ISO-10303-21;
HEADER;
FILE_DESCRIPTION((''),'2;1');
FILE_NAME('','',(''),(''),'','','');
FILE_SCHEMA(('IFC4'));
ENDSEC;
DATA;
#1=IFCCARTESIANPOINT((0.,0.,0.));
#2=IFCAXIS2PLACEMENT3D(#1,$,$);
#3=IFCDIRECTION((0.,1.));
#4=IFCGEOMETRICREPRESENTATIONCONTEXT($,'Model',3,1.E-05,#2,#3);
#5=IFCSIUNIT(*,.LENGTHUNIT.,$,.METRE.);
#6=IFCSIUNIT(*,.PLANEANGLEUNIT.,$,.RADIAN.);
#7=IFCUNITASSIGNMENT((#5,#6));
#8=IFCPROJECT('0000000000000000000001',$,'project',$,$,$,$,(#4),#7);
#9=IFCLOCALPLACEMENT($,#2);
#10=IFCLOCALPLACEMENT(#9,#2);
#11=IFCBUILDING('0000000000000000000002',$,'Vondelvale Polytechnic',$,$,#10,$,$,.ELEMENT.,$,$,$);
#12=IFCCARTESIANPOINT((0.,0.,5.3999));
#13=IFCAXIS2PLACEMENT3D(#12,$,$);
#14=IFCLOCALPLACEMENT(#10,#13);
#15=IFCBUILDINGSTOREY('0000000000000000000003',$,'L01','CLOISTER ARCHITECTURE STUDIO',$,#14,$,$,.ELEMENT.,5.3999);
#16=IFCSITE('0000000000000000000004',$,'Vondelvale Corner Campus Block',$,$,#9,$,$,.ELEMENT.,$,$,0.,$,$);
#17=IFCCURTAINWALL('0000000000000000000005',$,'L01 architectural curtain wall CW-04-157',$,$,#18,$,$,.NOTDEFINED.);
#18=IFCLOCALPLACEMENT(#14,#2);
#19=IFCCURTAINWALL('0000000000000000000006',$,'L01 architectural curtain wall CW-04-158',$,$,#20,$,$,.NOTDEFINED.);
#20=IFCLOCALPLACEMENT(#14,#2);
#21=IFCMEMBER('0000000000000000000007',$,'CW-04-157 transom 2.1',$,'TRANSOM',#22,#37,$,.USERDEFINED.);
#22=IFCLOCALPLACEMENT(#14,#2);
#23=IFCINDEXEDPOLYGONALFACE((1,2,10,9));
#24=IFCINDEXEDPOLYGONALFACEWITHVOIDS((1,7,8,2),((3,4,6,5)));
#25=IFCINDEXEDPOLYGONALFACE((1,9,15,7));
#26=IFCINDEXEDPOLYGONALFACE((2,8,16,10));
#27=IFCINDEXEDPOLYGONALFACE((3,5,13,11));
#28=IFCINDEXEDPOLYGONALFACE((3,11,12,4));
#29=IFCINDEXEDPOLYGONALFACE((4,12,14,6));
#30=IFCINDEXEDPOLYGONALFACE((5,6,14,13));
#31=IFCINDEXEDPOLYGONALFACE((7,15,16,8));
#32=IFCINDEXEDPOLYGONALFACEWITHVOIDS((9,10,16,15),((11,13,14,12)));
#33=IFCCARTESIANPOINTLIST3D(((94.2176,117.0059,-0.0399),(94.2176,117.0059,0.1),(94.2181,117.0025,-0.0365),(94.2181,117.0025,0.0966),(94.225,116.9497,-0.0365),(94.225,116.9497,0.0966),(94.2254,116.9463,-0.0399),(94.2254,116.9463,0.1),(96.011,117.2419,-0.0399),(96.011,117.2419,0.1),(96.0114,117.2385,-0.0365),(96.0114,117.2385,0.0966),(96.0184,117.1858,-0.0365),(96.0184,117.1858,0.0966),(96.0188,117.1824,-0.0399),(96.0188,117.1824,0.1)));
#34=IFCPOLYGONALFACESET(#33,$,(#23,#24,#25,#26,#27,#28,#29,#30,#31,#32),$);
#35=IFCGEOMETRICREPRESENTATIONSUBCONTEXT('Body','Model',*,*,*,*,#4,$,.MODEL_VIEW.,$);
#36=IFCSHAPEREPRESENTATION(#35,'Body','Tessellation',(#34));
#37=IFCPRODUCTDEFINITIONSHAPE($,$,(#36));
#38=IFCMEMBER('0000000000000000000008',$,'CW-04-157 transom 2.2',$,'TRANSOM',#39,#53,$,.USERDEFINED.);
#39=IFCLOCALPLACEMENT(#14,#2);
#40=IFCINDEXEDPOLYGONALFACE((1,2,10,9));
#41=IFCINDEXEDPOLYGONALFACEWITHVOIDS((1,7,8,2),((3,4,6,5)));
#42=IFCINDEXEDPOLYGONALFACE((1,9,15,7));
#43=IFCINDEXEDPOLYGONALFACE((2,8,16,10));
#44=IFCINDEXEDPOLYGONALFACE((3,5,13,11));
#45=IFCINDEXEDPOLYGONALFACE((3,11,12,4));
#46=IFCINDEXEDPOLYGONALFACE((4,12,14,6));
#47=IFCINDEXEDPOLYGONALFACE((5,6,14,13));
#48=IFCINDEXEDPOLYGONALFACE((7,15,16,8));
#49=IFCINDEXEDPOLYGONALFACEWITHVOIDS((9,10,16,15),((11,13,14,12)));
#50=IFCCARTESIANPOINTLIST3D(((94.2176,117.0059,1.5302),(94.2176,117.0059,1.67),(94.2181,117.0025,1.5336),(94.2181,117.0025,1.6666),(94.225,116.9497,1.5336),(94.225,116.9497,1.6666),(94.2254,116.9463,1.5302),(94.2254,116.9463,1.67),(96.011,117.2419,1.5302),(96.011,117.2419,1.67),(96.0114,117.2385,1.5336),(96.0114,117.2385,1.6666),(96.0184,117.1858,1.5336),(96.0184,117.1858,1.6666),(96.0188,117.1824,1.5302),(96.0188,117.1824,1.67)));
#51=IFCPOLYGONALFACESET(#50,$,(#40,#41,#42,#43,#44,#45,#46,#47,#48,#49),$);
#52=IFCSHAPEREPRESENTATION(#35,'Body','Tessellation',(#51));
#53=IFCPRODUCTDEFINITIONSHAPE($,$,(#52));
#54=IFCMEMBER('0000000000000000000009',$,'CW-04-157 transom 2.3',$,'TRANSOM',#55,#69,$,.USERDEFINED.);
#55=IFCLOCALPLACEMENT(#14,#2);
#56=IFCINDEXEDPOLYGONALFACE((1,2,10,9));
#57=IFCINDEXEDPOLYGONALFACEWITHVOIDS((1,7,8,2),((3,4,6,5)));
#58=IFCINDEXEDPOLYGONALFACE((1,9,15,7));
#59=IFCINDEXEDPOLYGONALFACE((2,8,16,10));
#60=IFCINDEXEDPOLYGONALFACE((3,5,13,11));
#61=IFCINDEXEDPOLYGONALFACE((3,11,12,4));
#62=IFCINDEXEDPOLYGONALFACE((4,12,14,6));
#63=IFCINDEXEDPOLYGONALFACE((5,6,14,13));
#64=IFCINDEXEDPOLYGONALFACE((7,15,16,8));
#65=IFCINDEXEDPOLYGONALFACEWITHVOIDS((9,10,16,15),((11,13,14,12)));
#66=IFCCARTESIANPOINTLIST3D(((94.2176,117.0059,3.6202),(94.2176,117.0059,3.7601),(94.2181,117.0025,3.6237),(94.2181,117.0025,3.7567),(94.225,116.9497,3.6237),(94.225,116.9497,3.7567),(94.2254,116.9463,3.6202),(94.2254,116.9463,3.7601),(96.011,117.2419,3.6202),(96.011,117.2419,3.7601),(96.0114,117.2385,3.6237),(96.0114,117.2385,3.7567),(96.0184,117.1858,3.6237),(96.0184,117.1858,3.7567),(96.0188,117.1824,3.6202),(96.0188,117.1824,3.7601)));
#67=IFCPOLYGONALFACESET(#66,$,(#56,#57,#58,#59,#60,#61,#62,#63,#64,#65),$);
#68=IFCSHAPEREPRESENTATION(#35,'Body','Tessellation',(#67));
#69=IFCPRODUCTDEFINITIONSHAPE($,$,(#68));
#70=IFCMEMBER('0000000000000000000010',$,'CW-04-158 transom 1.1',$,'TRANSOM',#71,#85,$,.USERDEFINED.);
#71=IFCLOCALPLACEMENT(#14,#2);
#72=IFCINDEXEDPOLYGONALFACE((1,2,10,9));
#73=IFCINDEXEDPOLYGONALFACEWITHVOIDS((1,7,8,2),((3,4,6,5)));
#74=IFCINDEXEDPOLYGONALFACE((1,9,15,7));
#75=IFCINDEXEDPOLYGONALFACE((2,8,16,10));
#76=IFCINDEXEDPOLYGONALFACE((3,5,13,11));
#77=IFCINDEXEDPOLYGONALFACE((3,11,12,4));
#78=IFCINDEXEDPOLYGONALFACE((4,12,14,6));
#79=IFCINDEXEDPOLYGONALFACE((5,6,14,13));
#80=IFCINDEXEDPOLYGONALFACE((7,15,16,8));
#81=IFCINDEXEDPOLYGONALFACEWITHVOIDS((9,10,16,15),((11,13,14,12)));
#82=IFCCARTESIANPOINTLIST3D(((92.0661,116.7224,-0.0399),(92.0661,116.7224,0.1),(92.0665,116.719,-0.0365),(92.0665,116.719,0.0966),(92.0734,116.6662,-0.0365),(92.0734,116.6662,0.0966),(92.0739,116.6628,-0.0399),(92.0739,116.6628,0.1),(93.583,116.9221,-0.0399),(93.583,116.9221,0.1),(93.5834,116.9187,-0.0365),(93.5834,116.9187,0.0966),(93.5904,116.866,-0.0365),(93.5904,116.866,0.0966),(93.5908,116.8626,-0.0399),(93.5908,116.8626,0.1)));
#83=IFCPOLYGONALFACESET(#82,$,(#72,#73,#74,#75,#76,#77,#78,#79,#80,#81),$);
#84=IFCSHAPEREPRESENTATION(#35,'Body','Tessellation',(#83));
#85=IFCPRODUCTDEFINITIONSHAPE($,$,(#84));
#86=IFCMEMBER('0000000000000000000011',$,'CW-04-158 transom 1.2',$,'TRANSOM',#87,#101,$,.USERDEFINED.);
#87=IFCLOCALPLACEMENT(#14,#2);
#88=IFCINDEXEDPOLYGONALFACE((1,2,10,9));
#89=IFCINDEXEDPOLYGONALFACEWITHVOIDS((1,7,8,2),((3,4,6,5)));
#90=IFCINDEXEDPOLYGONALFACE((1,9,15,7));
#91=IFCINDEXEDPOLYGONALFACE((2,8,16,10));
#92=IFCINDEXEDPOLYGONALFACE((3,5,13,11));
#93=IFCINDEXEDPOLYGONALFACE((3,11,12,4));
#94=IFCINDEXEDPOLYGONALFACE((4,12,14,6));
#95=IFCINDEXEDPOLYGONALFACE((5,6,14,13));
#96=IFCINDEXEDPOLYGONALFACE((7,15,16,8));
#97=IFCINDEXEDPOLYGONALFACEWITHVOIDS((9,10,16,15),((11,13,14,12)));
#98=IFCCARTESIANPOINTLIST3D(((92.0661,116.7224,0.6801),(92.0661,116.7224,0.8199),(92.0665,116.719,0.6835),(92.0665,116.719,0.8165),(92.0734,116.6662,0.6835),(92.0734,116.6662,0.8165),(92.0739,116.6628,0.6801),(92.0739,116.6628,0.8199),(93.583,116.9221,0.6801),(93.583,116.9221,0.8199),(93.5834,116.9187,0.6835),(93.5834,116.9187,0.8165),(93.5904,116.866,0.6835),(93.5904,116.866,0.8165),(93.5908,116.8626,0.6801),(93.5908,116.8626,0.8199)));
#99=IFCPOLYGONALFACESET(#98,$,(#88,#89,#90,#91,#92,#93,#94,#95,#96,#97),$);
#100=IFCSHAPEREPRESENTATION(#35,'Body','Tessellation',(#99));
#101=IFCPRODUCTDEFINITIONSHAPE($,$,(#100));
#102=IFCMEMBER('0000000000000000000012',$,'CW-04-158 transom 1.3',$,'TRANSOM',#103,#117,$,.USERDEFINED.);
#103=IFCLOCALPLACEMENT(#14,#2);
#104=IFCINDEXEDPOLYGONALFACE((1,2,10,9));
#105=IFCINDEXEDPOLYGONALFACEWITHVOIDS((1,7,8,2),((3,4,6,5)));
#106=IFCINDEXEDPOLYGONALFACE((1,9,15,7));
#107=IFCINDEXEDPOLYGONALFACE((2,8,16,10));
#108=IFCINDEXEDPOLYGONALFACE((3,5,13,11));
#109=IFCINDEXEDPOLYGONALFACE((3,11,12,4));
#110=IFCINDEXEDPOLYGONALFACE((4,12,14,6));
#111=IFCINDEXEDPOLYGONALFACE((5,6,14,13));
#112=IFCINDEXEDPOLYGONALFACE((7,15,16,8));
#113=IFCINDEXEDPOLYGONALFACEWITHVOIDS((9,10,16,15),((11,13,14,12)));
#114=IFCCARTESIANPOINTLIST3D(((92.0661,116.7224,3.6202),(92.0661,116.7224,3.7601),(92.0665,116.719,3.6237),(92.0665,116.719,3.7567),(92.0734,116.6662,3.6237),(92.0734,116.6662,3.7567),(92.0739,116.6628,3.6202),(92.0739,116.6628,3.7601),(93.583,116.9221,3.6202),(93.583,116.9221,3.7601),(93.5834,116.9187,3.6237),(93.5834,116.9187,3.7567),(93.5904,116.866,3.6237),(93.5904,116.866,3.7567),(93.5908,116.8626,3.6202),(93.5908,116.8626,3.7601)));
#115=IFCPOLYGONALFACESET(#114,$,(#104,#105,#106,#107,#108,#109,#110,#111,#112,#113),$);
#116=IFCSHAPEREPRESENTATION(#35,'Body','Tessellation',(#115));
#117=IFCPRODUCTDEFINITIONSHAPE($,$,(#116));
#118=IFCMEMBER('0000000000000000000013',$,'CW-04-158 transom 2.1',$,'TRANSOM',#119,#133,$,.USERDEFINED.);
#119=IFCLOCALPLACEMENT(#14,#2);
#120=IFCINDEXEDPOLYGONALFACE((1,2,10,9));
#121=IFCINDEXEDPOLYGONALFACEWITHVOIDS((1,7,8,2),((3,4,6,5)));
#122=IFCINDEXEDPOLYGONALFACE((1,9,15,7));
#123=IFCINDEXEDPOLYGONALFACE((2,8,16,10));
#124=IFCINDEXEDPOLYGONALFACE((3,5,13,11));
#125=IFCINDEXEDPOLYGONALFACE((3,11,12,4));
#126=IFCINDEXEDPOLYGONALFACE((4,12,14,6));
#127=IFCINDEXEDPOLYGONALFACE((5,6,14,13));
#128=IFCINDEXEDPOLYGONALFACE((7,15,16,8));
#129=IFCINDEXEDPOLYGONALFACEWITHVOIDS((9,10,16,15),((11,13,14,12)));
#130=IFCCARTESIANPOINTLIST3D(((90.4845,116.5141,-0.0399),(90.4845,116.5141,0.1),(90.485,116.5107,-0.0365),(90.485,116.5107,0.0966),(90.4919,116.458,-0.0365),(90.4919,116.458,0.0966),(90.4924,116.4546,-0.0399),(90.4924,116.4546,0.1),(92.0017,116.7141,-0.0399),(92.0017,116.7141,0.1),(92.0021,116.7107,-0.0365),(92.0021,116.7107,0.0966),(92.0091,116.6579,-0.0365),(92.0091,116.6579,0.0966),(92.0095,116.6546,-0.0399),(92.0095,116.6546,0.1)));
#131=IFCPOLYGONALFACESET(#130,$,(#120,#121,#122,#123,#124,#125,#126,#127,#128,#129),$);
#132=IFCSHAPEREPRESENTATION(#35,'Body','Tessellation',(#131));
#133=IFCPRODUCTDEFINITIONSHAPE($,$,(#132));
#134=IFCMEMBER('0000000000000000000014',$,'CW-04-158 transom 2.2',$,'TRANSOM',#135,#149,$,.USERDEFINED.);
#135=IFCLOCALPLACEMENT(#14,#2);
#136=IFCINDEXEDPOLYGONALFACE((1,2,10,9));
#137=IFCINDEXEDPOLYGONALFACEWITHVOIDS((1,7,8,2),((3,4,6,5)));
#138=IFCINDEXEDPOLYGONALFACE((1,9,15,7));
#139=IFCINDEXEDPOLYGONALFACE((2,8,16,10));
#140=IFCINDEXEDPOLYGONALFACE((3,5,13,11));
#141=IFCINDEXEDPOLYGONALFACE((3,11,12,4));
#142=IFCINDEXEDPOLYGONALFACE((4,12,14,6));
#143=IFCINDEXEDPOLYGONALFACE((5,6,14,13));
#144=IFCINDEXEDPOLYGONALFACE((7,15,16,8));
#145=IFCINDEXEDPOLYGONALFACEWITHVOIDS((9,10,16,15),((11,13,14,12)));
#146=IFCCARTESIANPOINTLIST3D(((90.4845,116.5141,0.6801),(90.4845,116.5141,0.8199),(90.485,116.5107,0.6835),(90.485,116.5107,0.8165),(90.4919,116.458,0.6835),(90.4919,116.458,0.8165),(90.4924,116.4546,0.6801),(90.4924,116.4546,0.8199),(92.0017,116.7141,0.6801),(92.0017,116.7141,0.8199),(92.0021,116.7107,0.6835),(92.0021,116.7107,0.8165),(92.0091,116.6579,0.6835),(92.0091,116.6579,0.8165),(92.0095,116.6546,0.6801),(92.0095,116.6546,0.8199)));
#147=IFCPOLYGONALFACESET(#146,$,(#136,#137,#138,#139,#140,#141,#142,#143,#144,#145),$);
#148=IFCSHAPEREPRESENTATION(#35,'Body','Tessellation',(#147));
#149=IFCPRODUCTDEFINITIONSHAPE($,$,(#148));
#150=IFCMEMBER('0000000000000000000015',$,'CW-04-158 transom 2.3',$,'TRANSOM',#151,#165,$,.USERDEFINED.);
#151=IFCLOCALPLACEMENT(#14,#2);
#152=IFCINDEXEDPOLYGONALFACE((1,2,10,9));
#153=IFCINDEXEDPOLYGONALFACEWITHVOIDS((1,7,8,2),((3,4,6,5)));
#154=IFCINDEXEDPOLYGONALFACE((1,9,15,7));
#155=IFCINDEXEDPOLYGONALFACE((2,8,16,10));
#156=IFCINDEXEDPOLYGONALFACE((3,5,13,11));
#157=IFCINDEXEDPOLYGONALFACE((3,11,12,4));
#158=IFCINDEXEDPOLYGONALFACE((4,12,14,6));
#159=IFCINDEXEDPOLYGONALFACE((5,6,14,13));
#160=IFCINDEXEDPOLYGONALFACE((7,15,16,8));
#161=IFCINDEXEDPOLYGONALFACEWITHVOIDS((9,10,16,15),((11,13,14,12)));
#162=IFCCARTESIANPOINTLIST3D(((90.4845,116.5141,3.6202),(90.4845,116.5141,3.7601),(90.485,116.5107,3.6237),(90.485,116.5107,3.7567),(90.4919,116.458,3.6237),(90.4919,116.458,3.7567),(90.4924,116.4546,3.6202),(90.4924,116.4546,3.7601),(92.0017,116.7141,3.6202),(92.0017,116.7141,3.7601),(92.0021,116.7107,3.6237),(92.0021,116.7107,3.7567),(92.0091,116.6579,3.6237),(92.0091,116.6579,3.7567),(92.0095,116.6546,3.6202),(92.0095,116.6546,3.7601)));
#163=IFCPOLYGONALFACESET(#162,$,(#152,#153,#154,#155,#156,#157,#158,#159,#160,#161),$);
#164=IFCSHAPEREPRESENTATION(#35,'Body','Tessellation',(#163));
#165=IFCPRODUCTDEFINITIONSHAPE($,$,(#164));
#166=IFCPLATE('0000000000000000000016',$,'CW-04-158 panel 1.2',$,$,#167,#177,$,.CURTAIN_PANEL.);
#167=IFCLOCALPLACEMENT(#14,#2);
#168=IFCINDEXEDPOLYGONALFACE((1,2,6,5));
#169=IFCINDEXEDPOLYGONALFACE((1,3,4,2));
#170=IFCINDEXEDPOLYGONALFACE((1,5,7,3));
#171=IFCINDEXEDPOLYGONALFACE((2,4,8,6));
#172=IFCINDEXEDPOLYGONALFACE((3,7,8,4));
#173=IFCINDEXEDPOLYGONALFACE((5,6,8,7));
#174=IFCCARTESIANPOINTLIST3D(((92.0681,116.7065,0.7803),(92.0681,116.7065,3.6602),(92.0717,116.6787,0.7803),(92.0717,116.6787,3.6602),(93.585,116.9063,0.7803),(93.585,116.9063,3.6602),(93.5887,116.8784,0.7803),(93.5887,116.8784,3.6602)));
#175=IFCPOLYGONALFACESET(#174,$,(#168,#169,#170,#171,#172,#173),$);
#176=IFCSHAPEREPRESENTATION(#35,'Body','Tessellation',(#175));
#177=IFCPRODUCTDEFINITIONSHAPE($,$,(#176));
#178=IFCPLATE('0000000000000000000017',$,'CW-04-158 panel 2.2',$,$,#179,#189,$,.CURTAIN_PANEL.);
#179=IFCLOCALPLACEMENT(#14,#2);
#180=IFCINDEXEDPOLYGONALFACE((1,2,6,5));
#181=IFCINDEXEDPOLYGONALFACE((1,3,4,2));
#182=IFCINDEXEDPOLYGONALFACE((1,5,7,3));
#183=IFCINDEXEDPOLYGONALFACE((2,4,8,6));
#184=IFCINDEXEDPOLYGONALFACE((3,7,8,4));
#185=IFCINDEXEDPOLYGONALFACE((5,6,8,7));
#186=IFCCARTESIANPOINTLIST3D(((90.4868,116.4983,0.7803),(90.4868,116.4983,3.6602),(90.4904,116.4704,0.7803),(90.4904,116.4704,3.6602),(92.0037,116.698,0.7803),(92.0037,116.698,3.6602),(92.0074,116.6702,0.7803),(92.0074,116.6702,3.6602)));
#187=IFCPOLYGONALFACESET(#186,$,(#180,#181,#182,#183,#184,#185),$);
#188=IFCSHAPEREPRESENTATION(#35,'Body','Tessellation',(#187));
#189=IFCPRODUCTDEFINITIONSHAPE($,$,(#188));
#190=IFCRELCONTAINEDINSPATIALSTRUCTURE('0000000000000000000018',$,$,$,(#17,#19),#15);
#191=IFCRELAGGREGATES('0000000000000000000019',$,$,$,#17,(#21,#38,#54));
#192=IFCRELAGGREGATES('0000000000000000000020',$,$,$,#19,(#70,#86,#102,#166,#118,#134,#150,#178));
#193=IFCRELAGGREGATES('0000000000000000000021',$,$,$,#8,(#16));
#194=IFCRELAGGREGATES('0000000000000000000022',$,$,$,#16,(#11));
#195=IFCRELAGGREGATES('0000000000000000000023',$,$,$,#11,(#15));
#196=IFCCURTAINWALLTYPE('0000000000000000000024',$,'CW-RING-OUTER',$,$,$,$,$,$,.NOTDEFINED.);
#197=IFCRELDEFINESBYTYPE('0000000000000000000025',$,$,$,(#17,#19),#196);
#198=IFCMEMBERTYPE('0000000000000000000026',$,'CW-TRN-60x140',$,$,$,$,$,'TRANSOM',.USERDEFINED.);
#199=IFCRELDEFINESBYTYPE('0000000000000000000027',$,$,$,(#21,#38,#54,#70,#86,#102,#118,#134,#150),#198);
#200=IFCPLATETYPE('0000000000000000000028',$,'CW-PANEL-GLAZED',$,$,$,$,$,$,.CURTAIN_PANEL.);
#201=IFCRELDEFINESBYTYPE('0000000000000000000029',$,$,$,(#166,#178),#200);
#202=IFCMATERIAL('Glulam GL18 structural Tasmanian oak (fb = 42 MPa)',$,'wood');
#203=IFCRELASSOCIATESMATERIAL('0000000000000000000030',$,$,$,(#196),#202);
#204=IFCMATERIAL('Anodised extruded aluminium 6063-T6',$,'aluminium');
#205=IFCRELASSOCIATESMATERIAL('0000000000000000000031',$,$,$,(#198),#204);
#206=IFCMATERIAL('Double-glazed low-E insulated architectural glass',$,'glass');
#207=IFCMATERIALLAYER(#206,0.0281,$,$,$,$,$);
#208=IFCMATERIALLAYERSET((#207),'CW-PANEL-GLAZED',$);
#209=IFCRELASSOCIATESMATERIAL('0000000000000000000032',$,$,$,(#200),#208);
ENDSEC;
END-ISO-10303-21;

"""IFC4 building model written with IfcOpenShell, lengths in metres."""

from ifc_helpers import new_model, si_unit, direction, frame, origin, origin_2d, place, context, subcontext, project, spatial, rectangle, hollow_rectangle, extrude, material, layer, layer_set, material_profile, profile_set, type_object, element, aggregate, save


model = new_model("IFC4")

# Units and contexts
model_context = context("Model", 3, precision=1e-05, world=origin(), true_north=direction((0.0, 1.0)))
body_context = subcontext(model_context, "Body", "Model", "MODEL_VIEW")
ifc_project = project(units=[si_unit("LENGTHUNIT", "METRE"), si_unit("PLANEANGLEUNIT", "RADIAN")], contexts=[model_context])

# Site, building, storey
site_placement = place(None, origin())
site = spatial("IfcSite", under=ifc_project, at=site_placement, Name="Vondelvale Corner Campus Block", CompositionType="ELEMENT", RefElevation=0.0)
building_placement = place(site_placement, origin())
building = spatial("IfcBuilding", under=site, at=building_placement, Name="Vondelvale Polytechnic", CompositionType="ELEMENT")
storey_placement = place(building_placement, frame((0.0, 0.0, 5.3999)))
storey = spatial("IfcBuildingStorey", under=building, at=storey_placement, Name="L01", Description="CLOISTER ARCHITECTURE STUDIO", CompositionType="ELEMENT", Elevation=5.3999)

# Shared definitions
ifc_material_1 = material(Name="Glulam GL18 structural Tasmanian oak (fb = 42 MPa)", Category="wood")

# Curtain walls
curtain_wall_type = type_object("IfcCurtainWallType", Name="CW-RING-OUTER", PredefinedType="NOTDEFINED", material=ifc_material_1)
curtain_wall_1_placement = place(storey_placement, origin())
curtain_wall_1 = element("IfcCurtainWall", 1, at=curtain_wall_1_placement, inside=storey, type_object=curtain_wall_type, Name="L01 architectural curtain wall CW-04-157", PredefinedType="NOTDEFINED")
ifc_material_2 = material(Name="Anodised extruded aluminium 6063-T6", Category="aluminium")
curtain_wall_2_placement = place(storey_placement, origin())
curtain_wall_2 = element("IfcCurtainWall", 2, at=curtain_wall_2_placement, inside=storey, type_object=curtain_wall_type, Name="L01 architectural curtain wall CW-04-158", PredefinedType="NOTDEFINED")

# Members
ifc_material_profile_1 = material_profile(ifc_material_2, hollow_rectangle(XDim=0.0601, YDim=0.1399, WallThickness=0.0034, at=origin_2d()), Name="CW-TRN-140x60")
ifc_profile_set_1 = profile_set([ifc_material_profile_1], Name="Anodised extruded aluminium 6063-T6")
member_type_1 = type_object("IfcMemberType", Name="CW-TRN-60x140", ElementType="TRANSOM", PredefinedType="USERDEFINED", material=ifc_profile_set_1)
member_1_placement = place(storey_placement, frame((96.0149, 117.2122, 0.03), z_axis=(-0.991447, -0.13051, 0.0), x_axis=(0.13051, -0.991447, 0.0)))
member_1 = element("IfcMember", 3, at=member_1_placement, type_object=member_type_1, Name="CW-04-157 transom 2.1", ObjectType="TRANSOM", PredefinedType="USERDEFINED", context=body_context, shape_type="SweptSolid", body=[
    extrude(hollow_rectangle(XDim=0.0601, YDim=0.1399, WallThickness=0.0034, at=origin_2d()), origin(), (0.0, 0.0, 1.0), 1.8088),
])
member_2_placement = place(storey_placement, frame((96.0149, 117.2122, 1.6001), z_axis=(-0.991447, -0.13051, 0.0), x_axis=(0.13051, -0.991447, 0.0)))
member_2 = element("IfcMember", 4, at=member_2_placement, type_object=member_type_1, Name="CW-04-157 transom 2.2", ObjectType="TRANSOM", PredefinedType="USERDEFINED", context=body_context, shape_type="SweptSolid", body=[
    extrude(hollow_rectangle(XDim=0.0601, YDim=0.1399, WallThickness=0.0034, at=origin_2d()), origin(), (0.0, 0.0, 1.0), 1.8088),
])
member_3_placement = place(storey_placement, frame((96.0149, 117.2122, 3.6902), z_axis=(-0.991447, -0.13051, 0.0), x_axis=(0.13051, -0.991447, 0.0)))
member_3 = element("IfcMember", 5, at=member_3_placement, type_object=member_type_1, Name="CW-04-157 transom 2.3", ObjectType="TRANSOM", PredefinedType="USERDEFINED", context=body_context, shape_type="SweptSolid", body=[
    extrude(hollow_rectangle(XDim=0.0601, YDim=0.1399, WallThickness=0.0034, at=origin_2d()), origin(), (0.0, 0.0, 1.0), 1.8088),
])
member_4_placement = place(storey_placement, frame((93.5869, 116.8923, 0.03), z_axis=(-0.991444, -0.130533, 0.0), x_axis=(0.130533, -0.991444, 0.0)))
member_4 = element("IfcMember", 6, at=member_4_placement, type_object=member_type_1, Name="CW-04-158 transom 1.1", ObjectType="TRANSOM", PredefinedType="USERDEFINED", context=body_context, shape_type="SweptSolid", body=[
    extrude(hollow_rectangle(XDim=0.0601, YDim=0.1399, WallThickness=0.0034, at=origin_2d()), origin(), (0.0, 0.0, 1.0), 1.53),
])
member_5_placement = place(storey_placement, frame((93.5869, 116.8923, 0.75), z_axis=(-0.991444, -0.130533, 0.0), x_axis=(0.130533, -0.991444, 0.0)))
member_5 = element("IfcMember", 7, at=member_5_placement, type_object=member_type_1, Name="CW-04-158 transom 1.2", ObjectType="TRANSOM", PredefinedType="USERDEFINED", context=body_context, shape_type="SweptSolid", body=[
    extrude(hollow_rectangle(XDim=0.0601, YDim=0.1399, WallThickness=0.0034, at=origin_2d()), origin(), (0.0, 0.0, 1.0), 1.53),
])
member_6_placement = place(storey_placement, frame((93.5869, 116.8923, 3.6902), z_axis=(-0.991444, -0.130533, 0.0), x_axis=(0.130533, -0.991444, 0.0)))
member_6 = element("IfcMember", 8, at=member_6_placement, type_object=member_type_1, Name="CW-04-158 transom 1.3", ObjectType="TRANSOM", PredefinedType="USERDEFINED", context=body_context, shape_type="SweptSolid", body=[
    extrude(hollow_rectangle(XDim=0.0601, YDim=0.1399, WallThickness=0.0034, at=origin_2d()), origin(), (0.0, 0.0, 1.0), 1.53),
])
member_7_placement = place(storey_placement, frame((92.0056, 116.6843, 0.03), z_axis=(-0.991426, -0.130669, 0.0), x_axis=(0.130669, -0.991426, 0.0)))
member_7 = element("IfcMember", 9, at=member_7_placement, type_object=member_type_1, Name="CW-04-158 transom 2.1", ObjectType="TRANSOM", PredefinedType="USERDEFINED", context=body_context, shape_type="SweptSolid", body=[
    extrude(hollow_rectangle(XDim=0.0601, YDim=0.1399, WallThickness=0.0034, at=origin_2d()), origin(), (0.0, 0.0, 1.0), 1.5303),
])
member_8_placement = place(storey_placement, frame((92.0056, 116.6843, 0.75), z_axis=(-0.991426, -0.130669, 0.0), x_axis=(0.130669, -0.991426, 0.0)))
member_8 = element("IfcMember", 10, at=member_8_placement, type_object=member_type_1, Name="CW-04-158 transom 2.2", ObjectType="TRANSOM", PredefinedType="USERDEFINED", context=body_context, shape_type="SweptSolid", body=[
    extrude(hollow_rectangle(XDim=0.0601, YDim=0.1399, WallThickness=0.0034, at=origin_2d()), origin(), (0.0, 0.0, 1.0), 1.5303),
])
member_9_placement = place(storey_placement, frame((92.0056, 116.6843, 3.6902), z_axis=(-0.991426, -0.130669, 0.0), x_axis=(0.130669, -0.991426, 0.0)))
member_9 = element("IfcMember", 11, at=member_9_placement, type_object=member_type_1, Name="CW-04-158 transom 2.3", ObjectType="TRANSOM", PredefinedType="USERDEFINED", context=body_context, shape_type="SweptSolid", body=[
    extrude(hollow_rectangle(XDim=0.0601, YDim=0.1399, WallThickness=0.0034, at=origin_2d()), origin(), (0.0, 0.0, 1.0), 1.5303),
])

# Plates
ifc_material_3 = material(Name="Double-glazed low-E insulated architectural glass", Category="glass")
ifc_layer_1 = layer(ifc_material_3, 0.0281)
ifc_layer_set_1 = layer_set([ifc_layer_1], Name="CW-PANEL-GLAZED")
plate_type_1 = type_object("IfcPlateType", Name="CW-PANEL-GLAZED", PredefinedType="CURTAIN_PANEL", material=ifc_layer_set_1)
plate_1_placement = place(storey_placement, frame((92.8284, 116.7925, 0.7803), z_axis=(0.0, 0.0, 1.0), x_axis=(-0.991443, -0.13054, 0.0)))
plate_1 = element("IfcPlate", 12, at=plate_1_placement, type_object=plate_type_1, Name="CW-04-158 panel 1.2", PredefinedType="CURTAIN_PANEL", context=body_context, shape_type="SweptSolid", body=[
    extrude(rectangle(XDim=1.53, YDim=0.0281, at=origin_2d()), origin(), (0.0, 0.0, 1.0), 2.8799),
])
plate_2_placement = place(storey_placement, frame((91.2471, 116.5842, 0.7803), z_axis=(0.0, 0.0, 1.0), x_axis=(-0.991443, -0.13054, 0.0)))
plate_2 = element("IfcPlate", 13, at=plate_2_placement, type_object=plate_type_1, Name="CW-04-158 panel 2.2", PredefinedType="CURTAIN_PANEL", context=body_context, shape_type="SweptSolid", body=[
    extrude(rectangle(XDim=1.53, YDim=0.0281, at=origin_2d()), origin(), (0.0, 0.0, 1.0), 2.8799),
])
aggregate(curtain_wall_1, [member_1, member_2, member_3])
aggregate(curtain_wall_2, [member_4, member_5, member_6, plate_1, member_7, member_8, member_9, plate_2])

save(model, "model.ifc")
